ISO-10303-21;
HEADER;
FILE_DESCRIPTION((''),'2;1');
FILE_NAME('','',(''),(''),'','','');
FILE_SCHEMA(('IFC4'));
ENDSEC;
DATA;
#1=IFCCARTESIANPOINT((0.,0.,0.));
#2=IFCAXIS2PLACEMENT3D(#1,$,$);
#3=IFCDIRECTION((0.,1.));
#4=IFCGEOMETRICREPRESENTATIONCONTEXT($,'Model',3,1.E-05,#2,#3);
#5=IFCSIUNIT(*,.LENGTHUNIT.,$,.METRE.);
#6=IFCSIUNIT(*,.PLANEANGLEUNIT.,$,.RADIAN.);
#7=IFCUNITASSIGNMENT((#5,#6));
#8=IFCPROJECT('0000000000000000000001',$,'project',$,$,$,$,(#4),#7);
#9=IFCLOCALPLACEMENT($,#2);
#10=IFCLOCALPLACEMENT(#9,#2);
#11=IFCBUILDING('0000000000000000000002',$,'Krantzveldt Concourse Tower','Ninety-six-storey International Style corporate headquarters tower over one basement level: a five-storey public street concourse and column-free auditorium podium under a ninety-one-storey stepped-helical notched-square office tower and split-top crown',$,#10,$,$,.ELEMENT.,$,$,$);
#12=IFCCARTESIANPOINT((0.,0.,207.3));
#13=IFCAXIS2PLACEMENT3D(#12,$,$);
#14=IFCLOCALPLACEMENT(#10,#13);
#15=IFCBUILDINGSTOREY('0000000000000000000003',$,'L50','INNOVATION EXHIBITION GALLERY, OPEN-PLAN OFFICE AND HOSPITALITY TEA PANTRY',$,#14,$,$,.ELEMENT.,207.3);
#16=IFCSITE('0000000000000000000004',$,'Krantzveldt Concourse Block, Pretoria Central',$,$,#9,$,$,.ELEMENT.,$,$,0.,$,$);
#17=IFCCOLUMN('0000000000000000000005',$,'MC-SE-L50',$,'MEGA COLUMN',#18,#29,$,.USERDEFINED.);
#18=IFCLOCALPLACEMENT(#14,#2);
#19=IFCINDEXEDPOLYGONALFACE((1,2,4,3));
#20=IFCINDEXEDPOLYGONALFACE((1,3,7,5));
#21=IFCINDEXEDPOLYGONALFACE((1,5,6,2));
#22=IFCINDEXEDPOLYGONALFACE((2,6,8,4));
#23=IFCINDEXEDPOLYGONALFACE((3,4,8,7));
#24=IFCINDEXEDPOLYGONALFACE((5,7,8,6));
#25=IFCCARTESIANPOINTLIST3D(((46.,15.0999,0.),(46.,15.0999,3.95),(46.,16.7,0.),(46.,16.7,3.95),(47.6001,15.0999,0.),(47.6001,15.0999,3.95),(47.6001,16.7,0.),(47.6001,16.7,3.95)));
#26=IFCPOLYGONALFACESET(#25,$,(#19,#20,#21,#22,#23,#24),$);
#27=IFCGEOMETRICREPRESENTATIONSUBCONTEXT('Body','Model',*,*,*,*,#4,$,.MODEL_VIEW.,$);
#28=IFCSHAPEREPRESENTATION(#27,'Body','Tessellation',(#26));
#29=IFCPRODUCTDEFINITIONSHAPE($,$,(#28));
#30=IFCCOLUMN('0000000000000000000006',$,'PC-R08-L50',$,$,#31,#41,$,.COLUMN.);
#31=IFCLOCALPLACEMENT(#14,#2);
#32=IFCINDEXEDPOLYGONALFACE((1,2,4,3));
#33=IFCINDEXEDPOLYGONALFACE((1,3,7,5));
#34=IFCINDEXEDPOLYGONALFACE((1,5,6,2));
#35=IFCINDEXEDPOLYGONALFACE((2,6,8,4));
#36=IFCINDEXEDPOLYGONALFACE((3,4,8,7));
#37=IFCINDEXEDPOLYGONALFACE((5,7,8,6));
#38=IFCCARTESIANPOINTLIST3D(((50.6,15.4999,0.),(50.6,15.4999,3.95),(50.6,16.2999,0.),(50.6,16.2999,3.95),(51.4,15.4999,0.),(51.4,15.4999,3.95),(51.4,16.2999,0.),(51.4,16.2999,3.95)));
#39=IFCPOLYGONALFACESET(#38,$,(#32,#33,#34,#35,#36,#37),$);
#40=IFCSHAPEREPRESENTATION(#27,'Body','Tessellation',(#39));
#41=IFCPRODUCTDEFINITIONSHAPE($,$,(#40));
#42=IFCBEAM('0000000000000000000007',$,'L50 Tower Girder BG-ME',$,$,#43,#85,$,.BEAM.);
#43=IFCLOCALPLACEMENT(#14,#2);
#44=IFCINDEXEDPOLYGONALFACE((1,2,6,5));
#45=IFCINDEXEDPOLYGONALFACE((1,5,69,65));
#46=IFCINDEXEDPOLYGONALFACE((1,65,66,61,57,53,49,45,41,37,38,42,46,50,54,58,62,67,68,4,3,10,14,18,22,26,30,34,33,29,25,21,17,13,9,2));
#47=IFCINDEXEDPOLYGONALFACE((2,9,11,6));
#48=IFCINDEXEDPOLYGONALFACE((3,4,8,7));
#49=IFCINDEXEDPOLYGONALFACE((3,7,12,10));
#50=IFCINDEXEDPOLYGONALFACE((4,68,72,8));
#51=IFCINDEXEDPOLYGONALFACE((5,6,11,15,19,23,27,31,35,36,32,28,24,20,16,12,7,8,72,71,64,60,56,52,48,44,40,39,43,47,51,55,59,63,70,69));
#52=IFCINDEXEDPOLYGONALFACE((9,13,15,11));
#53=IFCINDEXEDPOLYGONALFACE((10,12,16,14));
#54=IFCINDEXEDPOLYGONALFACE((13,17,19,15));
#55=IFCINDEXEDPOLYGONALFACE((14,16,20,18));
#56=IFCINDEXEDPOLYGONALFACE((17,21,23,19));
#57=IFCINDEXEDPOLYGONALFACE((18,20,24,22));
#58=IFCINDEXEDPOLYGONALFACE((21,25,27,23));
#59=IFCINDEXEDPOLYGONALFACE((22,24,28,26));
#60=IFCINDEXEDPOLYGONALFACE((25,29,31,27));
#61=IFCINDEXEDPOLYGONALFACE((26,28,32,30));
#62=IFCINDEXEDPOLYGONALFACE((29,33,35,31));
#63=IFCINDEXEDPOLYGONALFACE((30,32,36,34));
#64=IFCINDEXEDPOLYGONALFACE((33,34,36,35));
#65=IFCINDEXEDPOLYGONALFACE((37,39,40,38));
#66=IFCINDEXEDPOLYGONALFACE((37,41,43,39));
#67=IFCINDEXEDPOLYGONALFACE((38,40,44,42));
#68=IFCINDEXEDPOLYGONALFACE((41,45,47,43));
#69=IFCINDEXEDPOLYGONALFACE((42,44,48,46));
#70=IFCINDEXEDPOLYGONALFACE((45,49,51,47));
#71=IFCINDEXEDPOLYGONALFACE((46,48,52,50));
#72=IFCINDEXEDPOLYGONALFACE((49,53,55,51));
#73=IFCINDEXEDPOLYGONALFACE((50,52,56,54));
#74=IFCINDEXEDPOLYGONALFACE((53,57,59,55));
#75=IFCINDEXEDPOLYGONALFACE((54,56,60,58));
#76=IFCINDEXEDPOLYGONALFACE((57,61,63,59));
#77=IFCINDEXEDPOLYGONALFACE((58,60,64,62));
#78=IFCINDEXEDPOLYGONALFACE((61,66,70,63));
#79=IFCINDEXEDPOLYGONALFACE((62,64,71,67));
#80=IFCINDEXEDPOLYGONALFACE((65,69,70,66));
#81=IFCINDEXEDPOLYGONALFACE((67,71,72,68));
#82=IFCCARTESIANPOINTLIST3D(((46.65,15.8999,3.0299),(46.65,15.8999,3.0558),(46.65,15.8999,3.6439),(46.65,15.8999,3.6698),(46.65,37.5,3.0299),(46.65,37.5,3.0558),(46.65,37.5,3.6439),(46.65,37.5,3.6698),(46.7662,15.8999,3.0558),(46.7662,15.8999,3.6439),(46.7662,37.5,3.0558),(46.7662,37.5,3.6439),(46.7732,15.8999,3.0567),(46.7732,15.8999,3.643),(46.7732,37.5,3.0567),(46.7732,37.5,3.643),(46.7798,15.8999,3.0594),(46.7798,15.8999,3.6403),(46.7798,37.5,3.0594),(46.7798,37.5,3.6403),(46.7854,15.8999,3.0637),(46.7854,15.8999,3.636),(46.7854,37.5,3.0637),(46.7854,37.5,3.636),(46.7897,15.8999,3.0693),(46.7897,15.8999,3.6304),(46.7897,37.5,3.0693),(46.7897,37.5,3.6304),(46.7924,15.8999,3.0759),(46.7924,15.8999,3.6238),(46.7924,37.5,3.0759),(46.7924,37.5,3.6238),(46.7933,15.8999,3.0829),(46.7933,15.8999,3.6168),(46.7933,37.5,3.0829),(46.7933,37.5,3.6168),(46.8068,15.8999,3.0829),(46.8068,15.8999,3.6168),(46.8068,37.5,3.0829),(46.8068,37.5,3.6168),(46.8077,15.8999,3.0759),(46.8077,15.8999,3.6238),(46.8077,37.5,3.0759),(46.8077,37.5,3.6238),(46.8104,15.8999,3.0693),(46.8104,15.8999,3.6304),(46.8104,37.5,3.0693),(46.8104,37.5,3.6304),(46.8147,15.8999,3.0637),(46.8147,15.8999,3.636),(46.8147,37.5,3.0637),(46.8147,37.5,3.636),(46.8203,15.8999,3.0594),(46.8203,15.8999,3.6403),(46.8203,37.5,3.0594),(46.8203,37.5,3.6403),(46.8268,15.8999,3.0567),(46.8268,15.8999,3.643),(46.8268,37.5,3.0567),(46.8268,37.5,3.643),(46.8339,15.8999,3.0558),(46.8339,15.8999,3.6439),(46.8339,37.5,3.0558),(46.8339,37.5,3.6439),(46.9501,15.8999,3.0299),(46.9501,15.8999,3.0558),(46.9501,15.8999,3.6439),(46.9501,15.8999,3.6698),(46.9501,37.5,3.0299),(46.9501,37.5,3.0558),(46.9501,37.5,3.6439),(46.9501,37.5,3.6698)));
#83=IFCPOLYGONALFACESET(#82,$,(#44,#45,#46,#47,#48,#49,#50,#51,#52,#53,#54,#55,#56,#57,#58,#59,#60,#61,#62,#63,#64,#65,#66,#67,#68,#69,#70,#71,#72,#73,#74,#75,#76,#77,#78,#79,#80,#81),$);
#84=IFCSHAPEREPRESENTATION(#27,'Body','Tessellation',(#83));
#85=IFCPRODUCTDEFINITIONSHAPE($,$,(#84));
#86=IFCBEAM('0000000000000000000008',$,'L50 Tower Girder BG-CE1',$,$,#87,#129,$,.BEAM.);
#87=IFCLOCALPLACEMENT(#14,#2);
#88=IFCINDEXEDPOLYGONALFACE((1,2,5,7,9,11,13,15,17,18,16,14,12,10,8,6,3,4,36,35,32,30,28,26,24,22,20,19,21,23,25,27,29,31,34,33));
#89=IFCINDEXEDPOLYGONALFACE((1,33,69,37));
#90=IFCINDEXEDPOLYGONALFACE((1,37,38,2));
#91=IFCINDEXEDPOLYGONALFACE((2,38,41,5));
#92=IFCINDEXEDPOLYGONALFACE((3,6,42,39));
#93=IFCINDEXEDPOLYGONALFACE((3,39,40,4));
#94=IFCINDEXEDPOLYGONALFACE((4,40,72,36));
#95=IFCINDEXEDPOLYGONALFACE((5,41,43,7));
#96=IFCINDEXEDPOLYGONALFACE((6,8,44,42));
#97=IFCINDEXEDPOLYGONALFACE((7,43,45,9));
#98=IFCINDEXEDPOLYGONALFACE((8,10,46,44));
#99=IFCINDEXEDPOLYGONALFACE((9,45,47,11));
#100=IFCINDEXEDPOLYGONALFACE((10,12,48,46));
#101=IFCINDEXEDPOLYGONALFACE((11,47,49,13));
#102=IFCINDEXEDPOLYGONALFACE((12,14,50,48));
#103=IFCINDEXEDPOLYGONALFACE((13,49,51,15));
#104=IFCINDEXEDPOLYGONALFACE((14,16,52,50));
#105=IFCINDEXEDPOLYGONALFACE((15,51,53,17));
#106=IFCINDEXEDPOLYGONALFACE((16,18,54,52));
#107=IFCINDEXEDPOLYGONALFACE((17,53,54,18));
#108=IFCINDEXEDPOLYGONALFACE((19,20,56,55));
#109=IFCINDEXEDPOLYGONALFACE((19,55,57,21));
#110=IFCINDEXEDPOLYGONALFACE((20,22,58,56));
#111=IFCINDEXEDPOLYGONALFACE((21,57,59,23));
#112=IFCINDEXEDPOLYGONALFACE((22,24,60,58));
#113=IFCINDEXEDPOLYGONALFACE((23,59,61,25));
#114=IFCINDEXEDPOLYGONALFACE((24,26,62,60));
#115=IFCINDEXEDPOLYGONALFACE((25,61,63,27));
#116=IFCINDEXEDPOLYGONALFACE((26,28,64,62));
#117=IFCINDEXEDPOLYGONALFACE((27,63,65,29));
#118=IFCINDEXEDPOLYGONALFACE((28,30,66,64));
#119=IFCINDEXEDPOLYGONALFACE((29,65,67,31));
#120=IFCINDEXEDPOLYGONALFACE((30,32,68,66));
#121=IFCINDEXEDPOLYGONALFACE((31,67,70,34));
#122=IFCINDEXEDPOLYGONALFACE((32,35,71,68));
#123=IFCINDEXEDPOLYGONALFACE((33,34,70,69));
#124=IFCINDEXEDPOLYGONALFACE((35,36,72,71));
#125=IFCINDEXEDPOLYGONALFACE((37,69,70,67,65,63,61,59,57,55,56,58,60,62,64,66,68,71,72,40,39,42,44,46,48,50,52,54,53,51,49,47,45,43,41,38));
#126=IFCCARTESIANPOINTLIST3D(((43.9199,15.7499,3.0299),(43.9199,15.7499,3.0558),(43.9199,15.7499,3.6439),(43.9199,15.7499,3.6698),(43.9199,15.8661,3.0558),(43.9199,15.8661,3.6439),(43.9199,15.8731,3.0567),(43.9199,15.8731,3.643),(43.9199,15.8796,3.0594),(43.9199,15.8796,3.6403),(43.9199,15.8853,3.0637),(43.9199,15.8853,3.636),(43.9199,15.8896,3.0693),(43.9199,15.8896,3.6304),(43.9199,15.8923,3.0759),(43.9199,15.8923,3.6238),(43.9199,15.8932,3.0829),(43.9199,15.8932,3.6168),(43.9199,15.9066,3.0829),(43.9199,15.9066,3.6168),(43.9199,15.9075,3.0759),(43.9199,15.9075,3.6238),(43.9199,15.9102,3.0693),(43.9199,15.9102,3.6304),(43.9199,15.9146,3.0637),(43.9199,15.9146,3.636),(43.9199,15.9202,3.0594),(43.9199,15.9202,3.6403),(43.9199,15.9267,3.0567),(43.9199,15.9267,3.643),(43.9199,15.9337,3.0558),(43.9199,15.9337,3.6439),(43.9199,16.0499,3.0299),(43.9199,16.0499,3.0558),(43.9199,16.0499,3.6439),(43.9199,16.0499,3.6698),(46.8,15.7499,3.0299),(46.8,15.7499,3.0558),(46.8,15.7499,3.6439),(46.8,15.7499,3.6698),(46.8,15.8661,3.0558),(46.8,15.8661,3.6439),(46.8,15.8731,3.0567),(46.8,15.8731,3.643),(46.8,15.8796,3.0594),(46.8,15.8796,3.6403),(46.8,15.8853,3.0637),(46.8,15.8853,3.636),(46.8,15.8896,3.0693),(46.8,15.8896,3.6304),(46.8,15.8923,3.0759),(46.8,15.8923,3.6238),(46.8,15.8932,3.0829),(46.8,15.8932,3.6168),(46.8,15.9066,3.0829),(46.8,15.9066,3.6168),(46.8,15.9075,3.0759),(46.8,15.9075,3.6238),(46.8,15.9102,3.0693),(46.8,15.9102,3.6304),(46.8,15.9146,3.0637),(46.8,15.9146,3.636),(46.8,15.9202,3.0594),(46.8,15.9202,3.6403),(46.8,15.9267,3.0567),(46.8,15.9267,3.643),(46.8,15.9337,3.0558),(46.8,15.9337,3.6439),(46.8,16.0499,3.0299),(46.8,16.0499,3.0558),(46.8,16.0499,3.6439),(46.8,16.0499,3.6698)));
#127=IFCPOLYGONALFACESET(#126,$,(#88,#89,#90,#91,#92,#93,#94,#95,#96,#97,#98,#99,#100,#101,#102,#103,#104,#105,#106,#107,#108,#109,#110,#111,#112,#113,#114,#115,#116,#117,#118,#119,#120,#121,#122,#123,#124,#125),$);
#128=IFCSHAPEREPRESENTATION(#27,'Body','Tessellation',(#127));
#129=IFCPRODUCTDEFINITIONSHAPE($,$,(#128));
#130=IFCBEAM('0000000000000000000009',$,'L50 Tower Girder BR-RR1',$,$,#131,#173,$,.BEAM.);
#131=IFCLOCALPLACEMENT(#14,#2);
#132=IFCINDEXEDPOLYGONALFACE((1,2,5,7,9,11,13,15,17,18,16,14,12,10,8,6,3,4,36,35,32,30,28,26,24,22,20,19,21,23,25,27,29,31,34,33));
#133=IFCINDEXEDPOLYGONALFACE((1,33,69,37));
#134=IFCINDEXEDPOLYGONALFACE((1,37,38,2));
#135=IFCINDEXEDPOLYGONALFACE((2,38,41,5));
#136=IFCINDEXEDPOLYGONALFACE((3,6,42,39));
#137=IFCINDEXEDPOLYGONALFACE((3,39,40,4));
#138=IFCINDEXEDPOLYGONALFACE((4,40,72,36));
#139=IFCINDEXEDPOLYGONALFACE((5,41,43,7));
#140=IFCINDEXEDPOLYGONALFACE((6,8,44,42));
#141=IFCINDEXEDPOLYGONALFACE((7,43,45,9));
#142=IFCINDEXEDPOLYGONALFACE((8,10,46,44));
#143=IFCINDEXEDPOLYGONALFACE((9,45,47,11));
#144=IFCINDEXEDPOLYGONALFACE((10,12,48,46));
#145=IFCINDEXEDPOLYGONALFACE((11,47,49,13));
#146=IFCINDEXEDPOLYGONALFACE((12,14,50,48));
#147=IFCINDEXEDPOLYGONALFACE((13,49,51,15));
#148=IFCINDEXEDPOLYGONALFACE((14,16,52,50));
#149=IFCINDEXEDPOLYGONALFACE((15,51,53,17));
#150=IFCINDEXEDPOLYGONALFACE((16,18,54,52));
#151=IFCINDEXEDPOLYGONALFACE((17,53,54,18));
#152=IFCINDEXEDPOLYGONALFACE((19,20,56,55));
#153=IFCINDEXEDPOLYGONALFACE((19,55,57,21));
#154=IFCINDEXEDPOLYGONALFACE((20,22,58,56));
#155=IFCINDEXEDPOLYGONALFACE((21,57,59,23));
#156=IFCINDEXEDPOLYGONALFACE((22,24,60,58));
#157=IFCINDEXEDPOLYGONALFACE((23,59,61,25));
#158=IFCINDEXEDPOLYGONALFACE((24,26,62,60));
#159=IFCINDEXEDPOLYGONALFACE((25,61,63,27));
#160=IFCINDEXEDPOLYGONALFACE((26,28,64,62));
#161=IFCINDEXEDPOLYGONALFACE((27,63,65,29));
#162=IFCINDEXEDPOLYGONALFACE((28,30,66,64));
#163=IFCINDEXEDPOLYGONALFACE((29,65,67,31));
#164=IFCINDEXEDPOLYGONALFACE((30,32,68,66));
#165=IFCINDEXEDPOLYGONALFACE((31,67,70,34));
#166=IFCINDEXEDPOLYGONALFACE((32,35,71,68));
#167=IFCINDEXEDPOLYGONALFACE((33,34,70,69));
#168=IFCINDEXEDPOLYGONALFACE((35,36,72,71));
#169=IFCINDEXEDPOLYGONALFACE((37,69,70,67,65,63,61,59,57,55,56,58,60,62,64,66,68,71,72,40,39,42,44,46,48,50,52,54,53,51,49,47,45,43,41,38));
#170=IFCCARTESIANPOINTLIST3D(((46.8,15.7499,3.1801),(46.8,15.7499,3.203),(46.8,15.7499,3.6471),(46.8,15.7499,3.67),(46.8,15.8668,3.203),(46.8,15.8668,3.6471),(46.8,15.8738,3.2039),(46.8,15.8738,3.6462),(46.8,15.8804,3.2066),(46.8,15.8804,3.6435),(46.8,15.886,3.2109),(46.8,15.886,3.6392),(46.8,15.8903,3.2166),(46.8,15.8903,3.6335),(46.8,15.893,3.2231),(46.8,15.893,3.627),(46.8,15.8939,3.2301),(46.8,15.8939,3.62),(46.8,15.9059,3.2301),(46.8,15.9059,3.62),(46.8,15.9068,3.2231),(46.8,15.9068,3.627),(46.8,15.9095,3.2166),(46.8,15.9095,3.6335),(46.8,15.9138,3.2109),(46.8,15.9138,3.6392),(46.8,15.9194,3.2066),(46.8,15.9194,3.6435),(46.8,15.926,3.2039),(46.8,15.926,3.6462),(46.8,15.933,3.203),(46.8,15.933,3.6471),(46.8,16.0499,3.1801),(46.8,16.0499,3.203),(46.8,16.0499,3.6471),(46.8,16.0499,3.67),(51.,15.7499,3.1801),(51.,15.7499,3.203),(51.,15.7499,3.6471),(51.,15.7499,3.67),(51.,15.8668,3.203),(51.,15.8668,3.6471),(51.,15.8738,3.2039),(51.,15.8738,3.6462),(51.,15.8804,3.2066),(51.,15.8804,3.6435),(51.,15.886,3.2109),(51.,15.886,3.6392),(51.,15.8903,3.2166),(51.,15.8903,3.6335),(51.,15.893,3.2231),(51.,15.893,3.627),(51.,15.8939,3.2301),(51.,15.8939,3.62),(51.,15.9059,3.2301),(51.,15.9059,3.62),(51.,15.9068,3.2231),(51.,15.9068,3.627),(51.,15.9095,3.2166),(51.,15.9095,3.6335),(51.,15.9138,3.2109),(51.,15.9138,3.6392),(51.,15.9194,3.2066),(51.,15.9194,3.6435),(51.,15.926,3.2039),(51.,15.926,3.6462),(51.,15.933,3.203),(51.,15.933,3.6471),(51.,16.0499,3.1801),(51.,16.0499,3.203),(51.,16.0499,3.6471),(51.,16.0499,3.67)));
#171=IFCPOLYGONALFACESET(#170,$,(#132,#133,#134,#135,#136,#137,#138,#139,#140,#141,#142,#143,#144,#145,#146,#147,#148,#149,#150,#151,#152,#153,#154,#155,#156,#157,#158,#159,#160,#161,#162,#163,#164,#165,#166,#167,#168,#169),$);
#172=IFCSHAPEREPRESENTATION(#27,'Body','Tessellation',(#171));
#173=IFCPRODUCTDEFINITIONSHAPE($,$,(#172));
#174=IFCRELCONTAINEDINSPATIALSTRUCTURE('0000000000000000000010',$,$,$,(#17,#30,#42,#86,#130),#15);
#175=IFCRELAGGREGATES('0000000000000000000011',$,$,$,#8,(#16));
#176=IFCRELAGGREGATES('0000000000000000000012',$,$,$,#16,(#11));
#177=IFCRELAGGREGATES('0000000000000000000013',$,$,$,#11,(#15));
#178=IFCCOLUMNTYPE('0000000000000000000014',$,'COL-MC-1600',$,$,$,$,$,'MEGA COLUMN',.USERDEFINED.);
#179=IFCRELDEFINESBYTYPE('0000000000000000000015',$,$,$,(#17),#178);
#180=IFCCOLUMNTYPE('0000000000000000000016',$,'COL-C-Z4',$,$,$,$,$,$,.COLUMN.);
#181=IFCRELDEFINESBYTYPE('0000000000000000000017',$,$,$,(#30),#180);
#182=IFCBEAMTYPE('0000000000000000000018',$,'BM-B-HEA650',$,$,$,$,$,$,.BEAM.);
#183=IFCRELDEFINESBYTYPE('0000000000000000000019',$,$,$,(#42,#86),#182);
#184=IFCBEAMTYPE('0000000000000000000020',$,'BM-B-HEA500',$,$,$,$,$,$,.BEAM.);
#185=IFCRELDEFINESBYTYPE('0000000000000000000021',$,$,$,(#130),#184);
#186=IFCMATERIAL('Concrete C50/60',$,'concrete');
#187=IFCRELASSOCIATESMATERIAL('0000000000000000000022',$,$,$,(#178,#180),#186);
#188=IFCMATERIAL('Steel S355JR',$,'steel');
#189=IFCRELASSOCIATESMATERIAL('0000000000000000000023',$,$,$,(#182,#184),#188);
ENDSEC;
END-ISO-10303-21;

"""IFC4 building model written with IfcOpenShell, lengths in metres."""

from ifc_helpers import new_model, si_unit, direction, frame, origin, origin_2d, place, context, subcontext, project, spatial, rectangle, i_section, extrude, source, transform, mapped, material, material_profile, profile_set, type_object, type_shapes, element, save


model = new_model("IFC4")

# Units and contexts
model_context = context("Model", 3, precision=1e-05, world=origin(), true_north=direction((0.0, 1.0)))
body_context = subcontext(model_context, "Body", "Model", "MODEL_VIEW")
ifc_project = project(units=[si_unit("LENGTHUNIT", "METRE"), si_unit("PLANEANGLEUNIT", "RADIAN")], contexts=[model_context])

# Site, building, storey
site_placement = place(None, origin())
site = spatial("IfcSite", under=ifc_project, at=site_placement, Name="Krantzveldt Concourse Block, Pretoria Central", CompositionType="ELEMENT", RefElevation=0.0)
building_placement = place(site_placement, origin())
building = spatial("IfcBuilding", under=site, at=building_placement, Name="Krantzveldt Concourse Tower", Description="Ninety-six-storey International Style corporate headquarters tower over one basement level: a five-storey public street concourse and column-free auditorium podium under a ninety-one-storey stepped-helical notched-square office tower and split-top crown", CompositionType="ELEMENT")
storey_placement = place(building_placement, frame((0.0, 0.0, 207.3)))
storey = spatial("IfcBuildingStorey", under=building, at=storey_placement, Name="L50", Description="INNOVATION EXHIBITION GALLERY, OPEN-PLAN OFFICE AND HOSPITALITY TEA PANTRY", CompositionType="ELEMENT", Elevation=207.3)

# Columns
ifc_material_1 = material(Name="Concrete C50/60", Category="concrete")
ifc_material_profile_1 = material_profile(ifc_material_1, rectangle(XDim=1.6001, YDim=1.6001, at=origin_2d()), Name="Concrete C50/60", Category="concrete")
ifc_profile_set_1 = profile_set([ifc_material_profile_1], Name="Concrete C50/60 - RC 1600x1600")
column_type_1 = type_object("IfcColumnType", Name="COL-MC-1600", ElementType="MEGA COLUMN", PredefinedType="USERDEFINED", material=ifc_profile_set_1)
shared_shape_1 = source(origin(), body_context, "Body", "SweptSolid", [
    extrude(rectangle(XDim=1.6001, YDim=1.6001, at=origin_2d()), origin(), (0.0, 0.0, 1.0), 3.95),
])
type_shapes(column_type_1, [shared_shape_1])
column_1_placement = place(storey_placement, frame((46.8, 15.8999, 0.0), z_axis=(0.0, 0.0, 1.0), x_axis=(1.0, 0.0, 0.0)))
element("IfcColumn", 1, at=column_1_placement, inside=storey, type_object=column_type_1, Name="MC-SE-L50", ObjectType="MEGA COLUMN", PredefinedType="USERDEFINED", context=body_context, shape_type="MappedRepresentation", body=[
    mapped(shared_shape_1, transform((0.0, 0.0, 0.0), x_axis=(1.0, 0.0, 0.0), y_axis=(0.0, 1.0, 0.0), z_axis=(0.0, 0.0, 1.0), scale=1.0)),
])
ifc_material_profile_2 = material_profile(ifc_material_1, rectangle(XDim=0.8, YDim=0.8, at=origin_2d()), Name="Concrete C50/60", Category="concrete")
ifc_profile_set_2 = profile_set([ifc_material_profile_2], Name="Concrete C50/60 - RC 800x800")
column_type_2 = type_object("IfcColumnType", Name="COL-C-Z4", PredefinedType="COLUMN", material=ifc_profile_set_2)
shared_shape_2 = source(origin(), body_context, "Body", "SweptSolid", [
    extrude(rectangle(XDim=0.8, YDim=0.8, at=origin_2d()), origin(), (0.0, 0.0, 1.0), 3.95),
])
type_shapes(column_type_2, [shared_shape_2])
column_2_placement = place(storey_placement, frame((51.0, 15.8999, 0.0), z_axis=(0.0, 0.0, 1.0), x_axis=(1.0, 0.0, 0.0)))
element("IfcColumn", 2, at=column_2_placement, inside=storey, type_object=column_type_2, Name="PC-R08-L50", PredefinedType="COLUMN", context=body_context, shape_type="MappedRepresentation", body=[
    mapped(shared_shape_2, transform((0.0, 0.0, 0.0), x_axis=(1.0, 0.0, 0.0), y_axis=(0.0, 1.0, 0.0), z_axis=(0.0, 0.0, 1.0), scale=1.0)),
])

# Beams
ifc_material_2 = material(Name="Steel S355JR", Category="steel")
ifc_material_profile_3 = material_profile(ifc_material_2, i_section(OverallWidth=0.3, OverallDepth=0.6399, WebThickness=0.0134, FlangeThickness=0.0259, FilletRadius=0.0271, at=origin_2d()), Name="Steel S355JR", Category="steel")
ifc_profile_set_3 = profile_set([ifc_material_profile_3], Name="Steel S355JR - HEA 650")
beam_type_1 = type_object("IfcBeamType", Name="BM-B-HEA650", PredefinedType="BEAM", material=ifc_profile_set_3)
shared_shape_3 = source(origin(), body_context, "Body", "SweptSolid", [
    extrude(i_section(OverallWidth=0.3, OverallDepth=0.6399, WebThickness=0.0134, FlangeThickness=0.0259, FilletRadius=0.0271, at=origin_2d()), origin(), (0.0, 0.0, 1.0), 21.6001),
])
beam_1_placement = place(storey_placement, frame((46.8, 15.8999, 3.3499), z_axis=(0.0, 1.0, 0.0), x_axis=(-1.0, 0.0, 0.0)))
element("IfcBeam", 3, at=beam_1_placement, inside=storey, type_object=beam_type_1, Name="L50 Tower Girder BG-ME", PredefinedType="BEAM", context=body_context, shape_type="MappedRepresentation", body=[
    mapped(shared_shape_3, transform((0.0, 0.0, 0.0), x_axis=(1.0, 0.0, 0.0), y_axis=(0.0, 1.0, 0.0), z_axis=(0.0, 0.0, 1.0), scale=1.0)),
])
shared_shape_4 = source(origin(), body_context, "Body", "SweptSolid", [
    extrude(i_section(OverallWidth=0.3, OverallDepth=0.6399, WebThickness=0.0134, FlangeThickness=0.0259, FilletRadius=0.0271, at=origin_2d()), origin(), (0.0, 0.0, 1.0), 2.8801),
])
type_shapes(beam_type_1, [shared_shape_3, shared_shape_4])
beam_2_placement = place(storey_placement, frame((43.9199, 15.8999, 3.3499), z_axis=(1.0, 0.0, 0.0), x_axis=(0.0, 1.0, 0.0)))
element("IfcBeam", 4, at=beam_2_placement, inside=storey, type_object=beam_type_1, Name="L50 Tower Girder BG-CE1", PredefinedType="BEAM", context=body_context, shape_type="MappedRepresentation", body=[
    mapped(shared_shape_4, transform((0.0, 0.0, 0.0), x_axis=(1.0, 0.0, 0.0), y_axis=(0.0, 1.0, 0.0), z_axis=(0.0, 0.0, 1.0), scale=1.0)),
])
ifc_material_profile_4 = material_profile(ifc_material_2, i_section(OverallWidth=0.3, OverallDepth=0.49, WebThickness=0.012, FlangeThickness=0.0229, FilletRadius=0.0271, at=origin_2d()), Name="Steel S355JR", Category="steel")
ifc_profile_set_4 = profile_set([ifc_material_profile_4], Name="Steel S355JR - HEA 500")
beam_type_2 = type_object("IfcBeamType", Name="BM-B-HEA500", PredefinedType="BEAM", material=ifc_profile_set_4)
shared_shape_5 = source(origin(), body_context, "Body", "SweptSolid", [
    extrude(i_section(OverallWidth=0.3, OverallDepth=0.49, WebThickness=0.012, FlangeThickness=0.0229, FilletRadius=0.0271, at=origin_2d()), origin(), (0.0, 0.0, 1.0), 4.2),
])
beam_3_placement = place(storey_placement, frame((46.8, 15.8999, 3.425), z_axis=(1.0, 0.0, 0.0), x_axis=(0.0, 1.0, 0.0)))
element("IfcBeam", 5, at=beam_3_placement, inside=storey, type_object=beam_type_2, Name="L50 Tower Girder BR-RR1", PredefinedType="BEAM", context=body_context, shape_type="MappedRepresentation", body=[
    mapped(shared_shape_5, transform((0.0, 0.0, 0.0), x_axis=(1.0, 0.0, 0.0), y_axis=(0.0, 1.0, 0.0), z_axis=(0.0, 0.0, 1.0), scale=1.0)),
])

save(model, "model.ifc")
